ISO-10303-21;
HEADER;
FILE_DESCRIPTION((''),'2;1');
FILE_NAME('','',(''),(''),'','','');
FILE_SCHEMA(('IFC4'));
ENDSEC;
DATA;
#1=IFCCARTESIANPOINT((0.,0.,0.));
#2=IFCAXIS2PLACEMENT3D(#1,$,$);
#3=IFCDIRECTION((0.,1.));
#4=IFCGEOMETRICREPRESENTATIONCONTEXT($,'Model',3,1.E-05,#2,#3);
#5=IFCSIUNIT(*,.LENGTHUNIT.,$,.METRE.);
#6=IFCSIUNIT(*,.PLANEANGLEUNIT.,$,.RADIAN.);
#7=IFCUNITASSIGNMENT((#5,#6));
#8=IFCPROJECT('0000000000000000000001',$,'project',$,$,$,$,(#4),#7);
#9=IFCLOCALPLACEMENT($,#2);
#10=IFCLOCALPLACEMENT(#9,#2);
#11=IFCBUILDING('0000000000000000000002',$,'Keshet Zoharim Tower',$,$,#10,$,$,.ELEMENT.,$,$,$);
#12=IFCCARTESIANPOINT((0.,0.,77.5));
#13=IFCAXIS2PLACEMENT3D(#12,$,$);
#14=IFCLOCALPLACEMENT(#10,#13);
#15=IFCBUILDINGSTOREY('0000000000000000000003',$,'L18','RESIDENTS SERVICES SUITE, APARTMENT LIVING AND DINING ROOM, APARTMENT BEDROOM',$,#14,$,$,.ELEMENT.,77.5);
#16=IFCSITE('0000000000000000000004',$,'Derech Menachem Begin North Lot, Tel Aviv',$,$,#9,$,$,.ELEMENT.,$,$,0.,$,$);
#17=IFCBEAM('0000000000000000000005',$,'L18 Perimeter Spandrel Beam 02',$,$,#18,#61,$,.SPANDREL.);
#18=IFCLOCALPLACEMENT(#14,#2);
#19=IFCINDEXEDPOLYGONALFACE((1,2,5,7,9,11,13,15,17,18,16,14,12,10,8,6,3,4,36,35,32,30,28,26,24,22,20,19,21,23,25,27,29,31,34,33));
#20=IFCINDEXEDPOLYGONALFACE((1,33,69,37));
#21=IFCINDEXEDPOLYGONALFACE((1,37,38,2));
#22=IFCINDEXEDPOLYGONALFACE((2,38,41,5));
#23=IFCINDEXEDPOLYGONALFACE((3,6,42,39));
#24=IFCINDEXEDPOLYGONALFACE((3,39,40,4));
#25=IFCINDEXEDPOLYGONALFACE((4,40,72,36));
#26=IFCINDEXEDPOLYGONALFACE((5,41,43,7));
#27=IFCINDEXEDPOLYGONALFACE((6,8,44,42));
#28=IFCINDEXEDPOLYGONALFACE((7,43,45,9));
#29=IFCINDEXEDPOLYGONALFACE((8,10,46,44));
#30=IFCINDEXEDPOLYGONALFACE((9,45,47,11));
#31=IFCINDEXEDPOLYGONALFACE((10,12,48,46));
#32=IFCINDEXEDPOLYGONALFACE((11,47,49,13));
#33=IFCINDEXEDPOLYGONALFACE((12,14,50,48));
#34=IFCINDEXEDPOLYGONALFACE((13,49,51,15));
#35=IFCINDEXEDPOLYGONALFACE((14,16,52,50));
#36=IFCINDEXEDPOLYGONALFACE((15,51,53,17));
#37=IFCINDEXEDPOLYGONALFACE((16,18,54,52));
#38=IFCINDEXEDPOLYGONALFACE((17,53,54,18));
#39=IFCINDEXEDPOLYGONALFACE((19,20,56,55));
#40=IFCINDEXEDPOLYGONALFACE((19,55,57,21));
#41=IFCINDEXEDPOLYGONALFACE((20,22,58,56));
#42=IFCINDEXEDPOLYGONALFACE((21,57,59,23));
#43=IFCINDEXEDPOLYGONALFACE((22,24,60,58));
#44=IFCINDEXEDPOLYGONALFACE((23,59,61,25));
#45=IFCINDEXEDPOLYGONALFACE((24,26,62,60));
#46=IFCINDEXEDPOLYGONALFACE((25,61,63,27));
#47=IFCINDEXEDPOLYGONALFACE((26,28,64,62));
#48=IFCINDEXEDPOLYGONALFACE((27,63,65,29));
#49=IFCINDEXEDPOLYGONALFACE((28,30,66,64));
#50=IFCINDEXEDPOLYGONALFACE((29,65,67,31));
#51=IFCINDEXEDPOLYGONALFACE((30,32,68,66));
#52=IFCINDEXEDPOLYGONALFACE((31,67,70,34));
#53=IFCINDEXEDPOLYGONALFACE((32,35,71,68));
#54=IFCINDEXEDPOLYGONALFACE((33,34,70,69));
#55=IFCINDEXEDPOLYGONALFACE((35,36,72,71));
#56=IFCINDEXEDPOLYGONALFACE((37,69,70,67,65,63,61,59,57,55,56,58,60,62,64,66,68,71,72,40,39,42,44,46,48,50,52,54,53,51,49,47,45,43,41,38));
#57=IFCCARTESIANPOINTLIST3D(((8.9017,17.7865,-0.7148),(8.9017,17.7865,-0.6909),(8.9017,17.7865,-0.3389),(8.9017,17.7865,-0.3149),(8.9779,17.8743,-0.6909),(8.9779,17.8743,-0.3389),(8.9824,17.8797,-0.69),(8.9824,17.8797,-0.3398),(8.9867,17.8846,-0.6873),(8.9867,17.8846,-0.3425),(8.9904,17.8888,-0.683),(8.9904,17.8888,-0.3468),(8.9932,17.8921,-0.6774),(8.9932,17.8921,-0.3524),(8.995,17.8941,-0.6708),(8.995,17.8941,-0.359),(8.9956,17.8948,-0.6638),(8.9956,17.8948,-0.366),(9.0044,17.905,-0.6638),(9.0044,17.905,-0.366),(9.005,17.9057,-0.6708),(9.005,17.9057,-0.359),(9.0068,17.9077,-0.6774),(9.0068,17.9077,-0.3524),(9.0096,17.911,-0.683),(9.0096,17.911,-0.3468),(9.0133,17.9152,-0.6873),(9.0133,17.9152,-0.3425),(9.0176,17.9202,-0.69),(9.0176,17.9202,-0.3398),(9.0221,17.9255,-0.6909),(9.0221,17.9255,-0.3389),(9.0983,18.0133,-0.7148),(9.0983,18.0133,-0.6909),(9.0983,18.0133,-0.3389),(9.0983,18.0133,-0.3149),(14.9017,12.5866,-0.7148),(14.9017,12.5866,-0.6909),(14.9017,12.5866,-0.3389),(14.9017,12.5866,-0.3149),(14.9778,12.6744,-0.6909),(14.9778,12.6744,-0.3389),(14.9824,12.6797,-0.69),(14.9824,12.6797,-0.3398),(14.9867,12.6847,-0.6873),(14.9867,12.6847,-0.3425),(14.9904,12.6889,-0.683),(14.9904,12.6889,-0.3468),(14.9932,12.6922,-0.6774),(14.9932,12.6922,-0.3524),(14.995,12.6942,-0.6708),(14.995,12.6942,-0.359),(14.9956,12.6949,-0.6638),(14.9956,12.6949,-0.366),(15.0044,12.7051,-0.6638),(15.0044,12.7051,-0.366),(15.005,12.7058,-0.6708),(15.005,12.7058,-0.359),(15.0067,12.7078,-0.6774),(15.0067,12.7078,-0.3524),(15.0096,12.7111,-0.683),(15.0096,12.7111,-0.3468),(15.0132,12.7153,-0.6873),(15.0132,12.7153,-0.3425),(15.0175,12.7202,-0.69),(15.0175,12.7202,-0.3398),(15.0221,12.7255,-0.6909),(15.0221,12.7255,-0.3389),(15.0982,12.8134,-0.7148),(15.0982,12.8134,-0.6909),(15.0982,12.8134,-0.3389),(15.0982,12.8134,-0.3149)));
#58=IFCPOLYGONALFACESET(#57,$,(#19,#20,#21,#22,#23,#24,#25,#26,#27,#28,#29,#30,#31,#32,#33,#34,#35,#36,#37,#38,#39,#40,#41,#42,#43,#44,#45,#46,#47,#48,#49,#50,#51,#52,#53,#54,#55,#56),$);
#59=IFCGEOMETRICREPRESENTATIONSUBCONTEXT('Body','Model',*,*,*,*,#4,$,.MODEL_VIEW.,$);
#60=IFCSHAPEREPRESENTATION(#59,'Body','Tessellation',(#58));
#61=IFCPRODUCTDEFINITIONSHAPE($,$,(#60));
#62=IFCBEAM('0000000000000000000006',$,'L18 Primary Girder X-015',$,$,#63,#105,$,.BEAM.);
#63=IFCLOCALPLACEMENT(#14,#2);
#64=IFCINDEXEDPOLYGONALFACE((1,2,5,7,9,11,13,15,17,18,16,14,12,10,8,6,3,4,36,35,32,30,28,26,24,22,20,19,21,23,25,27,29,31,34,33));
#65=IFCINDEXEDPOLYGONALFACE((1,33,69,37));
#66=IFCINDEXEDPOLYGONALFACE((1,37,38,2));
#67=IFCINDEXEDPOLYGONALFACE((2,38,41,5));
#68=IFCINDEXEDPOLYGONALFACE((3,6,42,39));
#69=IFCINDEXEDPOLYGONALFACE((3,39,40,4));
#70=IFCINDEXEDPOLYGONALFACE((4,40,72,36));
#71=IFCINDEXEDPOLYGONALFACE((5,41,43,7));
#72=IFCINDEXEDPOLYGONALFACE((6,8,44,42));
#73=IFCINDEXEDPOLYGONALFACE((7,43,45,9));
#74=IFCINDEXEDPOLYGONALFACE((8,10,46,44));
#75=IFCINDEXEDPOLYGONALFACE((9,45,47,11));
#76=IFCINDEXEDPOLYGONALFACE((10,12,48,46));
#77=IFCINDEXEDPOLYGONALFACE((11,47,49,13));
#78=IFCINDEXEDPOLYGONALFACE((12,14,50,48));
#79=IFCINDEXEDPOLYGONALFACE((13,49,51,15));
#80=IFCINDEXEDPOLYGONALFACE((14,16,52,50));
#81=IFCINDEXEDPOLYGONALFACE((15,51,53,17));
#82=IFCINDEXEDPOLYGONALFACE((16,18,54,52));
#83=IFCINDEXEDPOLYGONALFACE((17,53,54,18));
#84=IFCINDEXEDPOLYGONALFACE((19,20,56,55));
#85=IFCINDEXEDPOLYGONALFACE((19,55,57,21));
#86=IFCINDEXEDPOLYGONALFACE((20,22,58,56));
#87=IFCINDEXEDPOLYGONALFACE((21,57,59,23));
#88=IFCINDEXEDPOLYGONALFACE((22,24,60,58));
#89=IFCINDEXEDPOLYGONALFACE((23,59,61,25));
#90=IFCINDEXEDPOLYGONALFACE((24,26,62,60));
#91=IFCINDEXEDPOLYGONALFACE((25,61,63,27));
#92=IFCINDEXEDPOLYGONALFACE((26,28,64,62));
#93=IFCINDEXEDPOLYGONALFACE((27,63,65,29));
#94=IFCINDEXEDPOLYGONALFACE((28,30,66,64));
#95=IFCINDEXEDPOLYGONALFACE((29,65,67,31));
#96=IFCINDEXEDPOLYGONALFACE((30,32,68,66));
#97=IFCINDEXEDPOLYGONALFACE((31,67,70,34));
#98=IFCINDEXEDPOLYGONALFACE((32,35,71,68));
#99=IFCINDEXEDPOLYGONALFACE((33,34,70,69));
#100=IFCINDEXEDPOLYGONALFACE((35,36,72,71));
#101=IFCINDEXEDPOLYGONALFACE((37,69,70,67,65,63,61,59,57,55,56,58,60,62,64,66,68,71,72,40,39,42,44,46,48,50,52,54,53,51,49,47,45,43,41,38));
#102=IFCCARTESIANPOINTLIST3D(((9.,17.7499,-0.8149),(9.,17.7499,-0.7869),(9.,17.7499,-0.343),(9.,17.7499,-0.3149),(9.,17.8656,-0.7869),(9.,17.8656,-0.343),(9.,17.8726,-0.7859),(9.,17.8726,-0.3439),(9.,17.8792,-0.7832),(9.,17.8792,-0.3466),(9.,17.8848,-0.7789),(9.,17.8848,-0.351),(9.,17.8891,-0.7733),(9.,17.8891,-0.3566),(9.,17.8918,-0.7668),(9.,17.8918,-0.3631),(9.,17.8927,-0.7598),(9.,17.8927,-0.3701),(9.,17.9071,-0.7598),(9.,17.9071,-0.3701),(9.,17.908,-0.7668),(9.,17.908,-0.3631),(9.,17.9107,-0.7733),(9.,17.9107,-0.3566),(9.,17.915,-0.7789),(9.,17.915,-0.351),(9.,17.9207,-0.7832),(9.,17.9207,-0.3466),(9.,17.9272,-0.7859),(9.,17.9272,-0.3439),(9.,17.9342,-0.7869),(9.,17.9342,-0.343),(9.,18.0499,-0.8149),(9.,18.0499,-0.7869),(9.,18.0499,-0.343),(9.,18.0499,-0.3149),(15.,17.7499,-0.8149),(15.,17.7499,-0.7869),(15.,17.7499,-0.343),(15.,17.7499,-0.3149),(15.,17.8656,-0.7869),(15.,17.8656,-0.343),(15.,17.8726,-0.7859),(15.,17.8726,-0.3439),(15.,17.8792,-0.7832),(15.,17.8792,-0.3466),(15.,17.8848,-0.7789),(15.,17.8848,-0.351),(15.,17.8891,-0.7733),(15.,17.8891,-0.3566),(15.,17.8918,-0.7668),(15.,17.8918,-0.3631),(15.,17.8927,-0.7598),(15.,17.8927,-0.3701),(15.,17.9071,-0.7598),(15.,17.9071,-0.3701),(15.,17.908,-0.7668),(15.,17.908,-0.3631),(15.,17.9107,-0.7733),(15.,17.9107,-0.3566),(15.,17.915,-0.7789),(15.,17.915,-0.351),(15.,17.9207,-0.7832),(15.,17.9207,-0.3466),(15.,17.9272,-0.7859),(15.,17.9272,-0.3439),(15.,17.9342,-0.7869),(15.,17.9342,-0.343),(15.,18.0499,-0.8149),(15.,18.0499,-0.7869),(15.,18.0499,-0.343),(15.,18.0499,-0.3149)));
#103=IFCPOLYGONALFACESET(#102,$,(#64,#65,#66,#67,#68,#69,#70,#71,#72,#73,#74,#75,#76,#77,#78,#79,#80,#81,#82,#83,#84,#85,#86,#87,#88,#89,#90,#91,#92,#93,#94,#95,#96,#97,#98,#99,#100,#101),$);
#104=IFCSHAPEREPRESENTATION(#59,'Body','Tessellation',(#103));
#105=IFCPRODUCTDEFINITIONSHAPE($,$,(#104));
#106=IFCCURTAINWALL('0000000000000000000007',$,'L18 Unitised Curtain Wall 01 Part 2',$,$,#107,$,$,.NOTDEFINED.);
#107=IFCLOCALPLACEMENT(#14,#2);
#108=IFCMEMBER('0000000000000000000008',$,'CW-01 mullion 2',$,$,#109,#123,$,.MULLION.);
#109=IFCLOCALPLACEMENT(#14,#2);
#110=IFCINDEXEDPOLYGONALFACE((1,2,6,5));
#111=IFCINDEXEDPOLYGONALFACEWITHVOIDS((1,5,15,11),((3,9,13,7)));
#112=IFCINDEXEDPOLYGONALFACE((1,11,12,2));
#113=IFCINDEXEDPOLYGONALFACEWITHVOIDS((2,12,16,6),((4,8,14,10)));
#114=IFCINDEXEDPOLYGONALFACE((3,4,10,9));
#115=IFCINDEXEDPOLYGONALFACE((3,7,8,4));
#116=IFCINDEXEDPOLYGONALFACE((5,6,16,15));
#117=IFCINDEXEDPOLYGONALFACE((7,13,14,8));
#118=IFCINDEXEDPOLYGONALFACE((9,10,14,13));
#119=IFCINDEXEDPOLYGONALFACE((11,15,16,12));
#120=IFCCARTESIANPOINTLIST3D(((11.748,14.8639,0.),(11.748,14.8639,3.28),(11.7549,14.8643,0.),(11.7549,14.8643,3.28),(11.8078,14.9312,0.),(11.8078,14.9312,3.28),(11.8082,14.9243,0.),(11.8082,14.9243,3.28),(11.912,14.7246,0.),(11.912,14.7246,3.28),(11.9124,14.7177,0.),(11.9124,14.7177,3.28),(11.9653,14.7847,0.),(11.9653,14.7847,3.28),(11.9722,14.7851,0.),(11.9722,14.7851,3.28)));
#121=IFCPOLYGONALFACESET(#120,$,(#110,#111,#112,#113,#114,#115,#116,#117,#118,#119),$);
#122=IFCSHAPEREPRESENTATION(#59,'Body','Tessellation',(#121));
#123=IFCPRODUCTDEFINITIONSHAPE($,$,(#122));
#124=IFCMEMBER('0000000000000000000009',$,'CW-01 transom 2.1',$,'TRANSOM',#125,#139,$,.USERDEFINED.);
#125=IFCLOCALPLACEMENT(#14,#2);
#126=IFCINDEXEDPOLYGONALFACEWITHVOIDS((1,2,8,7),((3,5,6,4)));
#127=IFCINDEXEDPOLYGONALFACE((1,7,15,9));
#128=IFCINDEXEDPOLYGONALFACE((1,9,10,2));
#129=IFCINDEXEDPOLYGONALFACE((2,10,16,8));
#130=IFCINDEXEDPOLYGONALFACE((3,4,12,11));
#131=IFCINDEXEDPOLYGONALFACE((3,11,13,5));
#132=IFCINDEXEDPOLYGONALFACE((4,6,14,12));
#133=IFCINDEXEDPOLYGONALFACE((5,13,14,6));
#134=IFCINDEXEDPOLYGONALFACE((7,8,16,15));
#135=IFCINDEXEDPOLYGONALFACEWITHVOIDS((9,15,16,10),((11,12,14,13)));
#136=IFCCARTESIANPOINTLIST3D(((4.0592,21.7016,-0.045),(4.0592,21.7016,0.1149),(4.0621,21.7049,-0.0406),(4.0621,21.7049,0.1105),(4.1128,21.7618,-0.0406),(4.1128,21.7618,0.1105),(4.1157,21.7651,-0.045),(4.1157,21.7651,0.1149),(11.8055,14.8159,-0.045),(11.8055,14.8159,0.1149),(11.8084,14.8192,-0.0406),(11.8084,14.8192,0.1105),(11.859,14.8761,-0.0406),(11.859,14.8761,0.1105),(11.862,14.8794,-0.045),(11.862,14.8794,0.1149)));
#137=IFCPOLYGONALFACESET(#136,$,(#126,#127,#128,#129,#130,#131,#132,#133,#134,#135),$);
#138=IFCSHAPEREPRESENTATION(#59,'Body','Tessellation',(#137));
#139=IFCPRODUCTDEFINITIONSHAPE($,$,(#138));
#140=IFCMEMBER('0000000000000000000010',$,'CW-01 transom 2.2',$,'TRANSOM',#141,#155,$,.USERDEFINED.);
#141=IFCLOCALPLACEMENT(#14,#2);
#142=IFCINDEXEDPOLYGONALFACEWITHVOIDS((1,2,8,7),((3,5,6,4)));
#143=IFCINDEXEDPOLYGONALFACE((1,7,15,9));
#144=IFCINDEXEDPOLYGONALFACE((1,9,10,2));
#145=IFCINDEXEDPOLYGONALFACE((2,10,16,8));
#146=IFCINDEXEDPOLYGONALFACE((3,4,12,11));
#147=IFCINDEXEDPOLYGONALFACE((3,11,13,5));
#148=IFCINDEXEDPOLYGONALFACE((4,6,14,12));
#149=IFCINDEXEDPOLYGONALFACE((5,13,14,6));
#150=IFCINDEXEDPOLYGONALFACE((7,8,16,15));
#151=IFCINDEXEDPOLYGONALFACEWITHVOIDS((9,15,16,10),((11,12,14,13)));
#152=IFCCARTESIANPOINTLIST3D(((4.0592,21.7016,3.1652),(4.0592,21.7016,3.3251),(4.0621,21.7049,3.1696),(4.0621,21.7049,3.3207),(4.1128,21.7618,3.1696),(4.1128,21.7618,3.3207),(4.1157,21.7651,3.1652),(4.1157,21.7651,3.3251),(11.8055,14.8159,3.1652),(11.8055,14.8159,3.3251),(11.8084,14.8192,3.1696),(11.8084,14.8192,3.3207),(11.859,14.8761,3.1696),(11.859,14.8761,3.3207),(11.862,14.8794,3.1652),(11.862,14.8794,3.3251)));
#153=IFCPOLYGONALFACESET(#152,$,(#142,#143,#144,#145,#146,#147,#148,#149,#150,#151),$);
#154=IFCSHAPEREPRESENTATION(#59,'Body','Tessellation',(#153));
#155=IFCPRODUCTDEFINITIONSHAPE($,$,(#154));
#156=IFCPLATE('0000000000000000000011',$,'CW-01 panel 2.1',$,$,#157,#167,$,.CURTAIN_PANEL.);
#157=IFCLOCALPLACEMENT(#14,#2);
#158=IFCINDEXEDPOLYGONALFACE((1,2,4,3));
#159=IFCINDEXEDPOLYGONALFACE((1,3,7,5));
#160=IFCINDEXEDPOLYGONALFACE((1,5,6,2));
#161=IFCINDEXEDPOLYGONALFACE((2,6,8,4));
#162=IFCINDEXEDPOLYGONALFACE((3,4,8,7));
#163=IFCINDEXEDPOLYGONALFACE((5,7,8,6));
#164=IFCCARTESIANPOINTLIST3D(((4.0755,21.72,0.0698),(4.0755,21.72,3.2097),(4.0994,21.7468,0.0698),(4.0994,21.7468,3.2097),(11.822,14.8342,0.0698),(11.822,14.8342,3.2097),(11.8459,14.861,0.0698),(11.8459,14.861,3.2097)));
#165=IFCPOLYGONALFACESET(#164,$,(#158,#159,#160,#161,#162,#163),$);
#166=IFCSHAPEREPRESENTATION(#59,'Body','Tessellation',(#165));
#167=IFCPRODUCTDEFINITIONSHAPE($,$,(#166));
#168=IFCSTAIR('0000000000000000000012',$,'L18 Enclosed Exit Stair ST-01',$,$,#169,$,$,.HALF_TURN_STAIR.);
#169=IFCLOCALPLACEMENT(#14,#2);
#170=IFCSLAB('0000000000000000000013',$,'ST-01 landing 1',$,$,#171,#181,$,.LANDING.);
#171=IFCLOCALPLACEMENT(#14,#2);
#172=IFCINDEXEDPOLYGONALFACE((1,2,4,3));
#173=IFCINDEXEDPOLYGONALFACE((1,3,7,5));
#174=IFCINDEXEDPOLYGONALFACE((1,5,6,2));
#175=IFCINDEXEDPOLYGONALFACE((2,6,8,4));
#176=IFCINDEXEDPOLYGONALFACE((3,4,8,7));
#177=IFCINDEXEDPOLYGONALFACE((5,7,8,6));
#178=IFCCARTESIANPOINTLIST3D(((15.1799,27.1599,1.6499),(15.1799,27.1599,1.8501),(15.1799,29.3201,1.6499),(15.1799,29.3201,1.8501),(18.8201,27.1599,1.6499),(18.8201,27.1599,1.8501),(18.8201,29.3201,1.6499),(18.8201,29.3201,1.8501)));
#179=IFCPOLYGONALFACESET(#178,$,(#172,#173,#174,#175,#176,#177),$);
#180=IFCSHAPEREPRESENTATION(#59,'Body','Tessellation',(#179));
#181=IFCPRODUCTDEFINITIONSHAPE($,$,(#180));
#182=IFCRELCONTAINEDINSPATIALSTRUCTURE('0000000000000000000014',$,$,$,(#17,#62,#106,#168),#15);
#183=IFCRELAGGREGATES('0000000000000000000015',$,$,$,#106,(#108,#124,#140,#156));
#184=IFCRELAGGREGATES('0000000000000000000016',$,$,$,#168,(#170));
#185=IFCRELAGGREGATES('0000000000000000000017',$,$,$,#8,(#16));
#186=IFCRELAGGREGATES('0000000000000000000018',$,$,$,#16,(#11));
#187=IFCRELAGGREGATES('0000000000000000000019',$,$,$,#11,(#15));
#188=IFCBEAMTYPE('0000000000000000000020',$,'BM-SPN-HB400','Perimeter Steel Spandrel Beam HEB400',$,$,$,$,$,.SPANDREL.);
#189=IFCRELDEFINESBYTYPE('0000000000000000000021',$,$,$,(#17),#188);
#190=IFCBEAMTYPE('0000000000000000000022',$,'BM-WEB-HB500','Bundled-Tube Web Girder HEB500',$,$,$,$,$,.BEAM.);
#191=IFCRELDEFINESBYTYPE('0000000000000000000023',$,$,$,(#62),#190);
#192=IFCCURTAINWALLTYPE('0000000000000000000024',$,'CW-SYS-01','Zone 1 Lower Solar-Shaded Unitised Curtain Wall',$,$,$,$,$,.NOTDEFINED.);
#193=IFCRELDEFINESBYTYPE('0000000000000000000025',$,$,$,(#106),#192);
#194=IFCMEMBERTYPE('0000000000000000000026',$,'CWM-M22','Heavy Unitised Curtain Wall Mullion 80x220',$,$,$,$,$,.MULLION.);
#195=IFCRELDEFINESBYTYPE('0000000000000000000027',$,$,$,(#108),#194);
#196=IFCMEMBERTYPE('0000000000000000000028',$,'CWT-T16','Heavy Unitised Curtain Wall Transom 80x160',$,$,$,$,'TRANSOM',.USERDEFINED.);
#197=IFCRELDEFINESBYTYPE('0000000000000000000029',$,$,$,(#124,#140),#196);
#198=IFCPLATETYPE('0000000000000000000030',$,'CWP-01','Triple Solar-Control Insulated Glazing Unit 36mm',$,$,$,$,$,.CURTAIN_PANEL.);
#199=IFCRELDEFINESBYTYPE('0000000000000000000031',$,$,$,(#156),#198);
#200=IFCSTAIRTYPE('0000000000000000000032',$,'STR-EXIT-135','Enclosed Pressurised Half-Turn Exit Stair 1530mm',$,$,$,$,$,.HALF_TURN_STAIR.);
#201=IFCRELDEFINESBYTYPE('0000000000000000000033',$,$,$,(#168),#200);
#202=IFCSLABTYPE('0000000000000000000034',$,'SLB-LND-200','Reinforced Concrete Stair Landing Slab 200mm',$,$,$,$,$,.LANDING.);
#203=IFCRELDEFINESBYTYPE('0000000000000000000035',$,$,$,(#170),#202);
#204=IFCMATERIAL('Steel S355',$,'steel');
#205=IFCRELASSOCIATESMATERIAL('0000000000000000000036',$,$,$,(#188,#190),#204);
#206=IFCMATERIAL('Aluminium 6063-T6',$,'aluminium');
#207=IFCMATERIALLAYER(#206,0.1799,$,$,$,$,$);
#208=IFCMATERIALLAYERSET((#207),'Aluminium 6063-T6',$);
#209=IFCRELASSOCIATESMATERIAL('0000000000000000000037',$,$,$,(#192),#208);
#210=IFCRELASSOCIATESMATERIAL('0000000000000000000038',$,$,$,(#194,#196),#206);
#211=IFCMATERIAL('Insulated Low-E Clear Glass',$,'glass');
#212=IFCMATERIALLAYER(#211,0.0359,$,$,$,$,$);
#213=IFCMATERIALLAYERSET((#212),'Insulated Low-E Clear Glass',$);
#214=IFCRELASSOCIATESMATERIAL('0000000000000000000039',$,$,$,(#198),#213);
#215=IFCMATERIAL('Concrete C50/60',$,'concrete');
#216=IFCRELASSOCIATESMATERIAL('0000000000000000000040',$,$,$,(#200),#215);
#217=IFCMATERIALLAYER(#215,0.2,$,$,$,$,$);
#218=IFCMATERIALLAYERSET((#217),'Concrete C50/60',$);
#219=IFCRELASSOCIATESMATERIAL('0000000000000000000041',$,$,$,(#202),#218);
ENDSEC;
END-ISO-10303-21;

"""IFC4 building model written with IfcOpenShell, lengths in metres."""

from ifc_helpers import new_model, si_unit, direction, frame, origin, origin_2d, place, context, subcontext, project, spatial, polyline, rectangle, hollow_rectangle, i_section, outline, extrude, material, layer, layer_set, material_profile, profile_set, type_object, element, aggregate, save


model = new_model("IFC4")

# Units and contexts
model_context = context("Model", 3, precision=1e-05, world=origin(), true_north=direction((0.0, 1.0)))
body_context = subcontext(model_context, "Body", "Model", "MODEL_VIEW")
ifc_project = project(units=[si_unit("LENGTHUNIT", "METRE"), si_unit("PLANEANGLEUNIT", "RADIAN")], contexts=[model_context])

# Site, building, storey
site_placement = place(None, origin())
site = spatial("IfcSite", under=ifc_project, at=site_placement, Name="Derech Menachem Begin North Lot, Tel Aviv", CompositionType="ELEMENT", RefElevation=0.0)
building_placement = place(site_placement, origin())
building = spatial("IfcBuilding", under=site, at=building_placement, Name="Keshet Zoharim Tower", CompositionType="ELEMENT")
storey_placement = place(building_placement, frame((0.0, 0.0, 77.5)))
storey = spatial("IfcBuildingStorey", under=building, at=storey_placement, Name="L18", Description="RESIDENTS SERVICES SUITE, APARTMENT LIVING AND DINING ROOM, APARTMENT BEDROOM", CompositionType="ELEMENT", Elevation=77.5)

# Shared definitions
ifc_material_1 = material(Name="Steel S355", Category="steel")

# Beams
ifc_material_profile_1 = material_profile(ifc_material_1, i_section(OverallWidth=0.3, OverallDepth=0.3999, WebThickness=0.0134, FlangeThickness=0.0239, FilletRadius=0.0271, at=origin_2d()), Name="HEB400")
ifc_profile_set_1 = profile_set([ifc_material_profile_1], Name="Steel S355")
beam_type_1 = type_object("IfcBeamType", Name="BM-SPN-HB400", Description="Perimeter Steel Spandrel Beam HEB400", PredefinedType="SPANDREL", material=ifc_profile_set_1)
beam_1_placement = place(storey_placement, frame((9.0, 17.8999, -0.5149), z_axis=(0.755692, -0.654927, 0.0), x_axis=(0.654927, 0.755692, 0.0)))
element("IfcBeam", 1, at=beam_1_placement, inside=storey, type_object=beam_type_1, Name="L18 Perimeter Spandrel Beam 02", PredefinedType="SPANDREL", context=body_context, shape_type="SweptSolid", body=[
    extrude(i_section(OverallWidth=0.3, OverallDepth=0.3999, WebThickness=0.0134, FlangeThickness=0.0239, FilletRadius=0.0271, at=origin_2d()), origin(), (0.0, 0.0, 1.0), 7.9397),
])
ifc_material_profile_2 = material_profile(ifc_material_1, i_section(OverallWidth=0.3, OverallDepth=0.5, WebThickness=0.0144, FlangeThickness=0.0281, FilletRadius=0.0271, at=origin_2d()), Name="HEB500")
ifc_profile_set_2 = profile_set([ifc_material_profile_2], Name="Steel S355")
beam_type_2 = type_object("IfcBeamType", Name="BM-WEB-HB500", Description="Bundled-Tube Web Girder HEB500", PredefinedType="BEAM", material=ifc_profile_set_2)
beam_2_placement = place(storey_placement, frame((9.0, 17.8999, -0.5649), z_axis=(1.0, 0.0, 0.0), x_axis=(0.0, 1.0, 0.0)))
element("IfcBeam", 2, at=beam_2_placement, inside=storey, type_object=beam_type_2, Name="L18 Primary Girder X-015", PredefinedType="BEAM", context=body_context, shape_type="SweptSolid", body=[
    extrude(i_section(OverallWidth=0.3, OverallDepth=0.5, WebThickness=0.0144, FlangeThickness=0.0281, FilletRadius=0.0271, at=origin_2d()), origin(), (0.0, 0.0, 1.0), 6.0),
])

# Curtain wall, members, plate
ifc_material_2 = material(Name="Aluminium 6063-T6", Category="aluminium")
ifc_layer_1 = layer(ifc_material_2, 0.1799)
ifc_layer_set_1 = layer_set([ifc_layer_1], Name="Aluminium 6063-T6")
curtain_wall_type = type_object("IfcCurtainWallType", Name="CW-SYS-01", Description="Zone 1 Lower Solar-Shaded Unitised Curtain Wall", PredefinedType="NOTDEFINED", material=ifc_layer_set_1)
curtain_wall_placement = place(storey_placement, origin())
curtain_wall = element("IfcCurtainWall", 3, at=curtain_wall_placement, inside=storey, type_object=curtain_wall_type, Name="L18 Unitised Curtain Wall 01 Part 2", PredefinedType="NOTDEFINED")
ifc_material_profile_3 = material_profile(ifc_material_2, hollow_rectangle(XDim=0.0901, YDim=0.22, WallThickness=0.0049, at=origin_2d()), Name="MUL-90x220")
ifc_profile_set_3 = profile_set([ifc_material_profile_3], Name="Aluminium 6063-T6")
member_type_1 = type_object("IfcMemberType", Name="CWM-M22", Description="Heavy Unitised Curtain Wall Mullion 80x220", PredefinedType="MULLION", material=ifc_profile_set_3)
member_1_placement = place(storey_placement, frame((11.8601, 14.8245, 0.0), z_axis=(0.0, 0.0, 1.0), x_axis=(-0.664364, -0.74741, 0.0)))
member_1 = element("IfcMember", 4, at=member_1_placement, type_object=member_type_1, Name="CW-01 mullion 2", PredefinedType="MULLION", context=body_context, shape_type="SweptSolid", body=[
    extrude(hollow_rectangle(XDim=0.0901, YDim=0.22, WallThickness=0.0049, at=origin_2d()), origin(), (0.0, 0.0, 1.0), 3.28),
])
ifc_material_profile_4 = material_profile(ifc_material_2, hollow_rectangle(XDim=0.085, YDim=0.1599, WallThickness=0.0044, at=origin_2d()), Name="TRN-85x160")
ifc_profile_set_4 = profile_set([ifc_material_profile_4], Name="Aluminium 6063-T6")
member_type_2 = type_object("IfcMemberType", Name="CWT-T16", Description="Heavy Unitised Curtain Wall Transom 80x160", ElementType="TRANSOM", PredefinedType="USERDEFINED", material=ifc_profile_set_4)
member_2_placement = place(storey_placement, frame((11.8337, 14.8477, 0.0349), z_axis=(-0.747404, 0.66437, 0.0), x_axis=(-0.66437, -0.747404, 0.0)))
member_2 = element("IfcMember", 5, at=member_2_placement, type_object=member_type_2, Name="CW-01 transom 2.1", ObjectType="TRANSOM", PredefinedType="USERDEFINED", context=body_context, shape_type="SweptSolid", body=[
    extrude(hollow_rectangle(XDim=0.085, YDim=0.1599, WallThickness=0.0044, at=origin_2d()), origin(), (0.0, 0.0, 1.0), 10.3643),
])
member_3_placement = place(storey_placement, frame((11.8337, 14.8477, 3.2451), z_axis=(-0.747404, 0.66437, 0.0), x_axis=(-0.66437, -0.747404, 0.0)))
member_3 = element("IfcMember", 6, at=member_3_placement, type_object=member_type_2, Name="CW-01 transom 2.2", ObjectType="TRANSOM", PredefinedType="USERDEFINED", context=body_context, shape_type="SweptSolid", body=[
    extrude(hollow_rectangle(XDim=0.085, YDim=0.1599, WallThickness=0.0044, at=origin_2d()), origin(), (0.0, 0.0, 1.0), 10.3643),
])
ifc_material_3 = material(Name="Insulated Low-E Clear Glass", Category="glass")
ifc_layer_2 = layer(ifc_material_3, 0.0359)
ifc_layer_set_2 = layer_set([ifc_layer_2], Name="Insulated Low-E Clear Glass")
plate_type = type_object("IfcPlateType", Name="CWP-01", Description="Triple Solar-Control Insulated Glazing Unit 36mm", PredefinedType="CURTAIN_PANEL", material=ifc_layer_set_2)
plate_placement = place(storey_placement, frame((7.9607, 18.2905, 0.0698), z_axis=(0.0, 0.0, 1.0), x_axis=(-0.74741, 0.664364, 0.0)))
plate = element("IfcPlate", 7, at=plate_placement, type_object=plate_type, Name="CW-01 panel 2.1", PredefinedType="CURTAIN_PANEL", context=body_context, shape_type="SweptSolid", body=[
    extrude(rectangle(XDim=10.3645, YDim=0.0359, at=origin_2d()), origin(), (0.0, 0.0, 1.0), 3.1399),
])
aggregate(curtain_wall, [member_1, member_2, member_3, plate])

# Stair, slab
ifc_material_4 = material(Name="Concrete C50/60", Category="concrete")
stair_type = type_object("IfcStairType", Name="STR-EXIT-135", Description="Enclosed Pressurised Half-Turn Exit Stair 1530mm", PredefinedType="HALF_TURN_STAIR", material=ifc_material_4)
stair_1_placement = place(storey_placement, origin())
stair_1 = element("IfcStair", 8, at=stair_1_placement, inside=storey, type_object=stair_type, Name="L18 Enclosed Exit Stair ST-01", PredefinedType="HALF_TURN_STAIR")
ifc_layer_3 = layer(ifc_material_4, 0.2)
ifc_layer_set_3 = layer_set([ifc_layer_3], Name="Concrete C50/60")
slab_type_1 = type_object("IfcSlabType", Name="SLB-LND-200", Description="Reinforced Concrete Stair Landing Slab 200mm", PredefinedType="LANDING", material=ifc_layer_set_3)
slab_1_placement = place(storey_placement, frame((0.0, 0.0, 1.6499)))
slab_1 = element("IfcSlab", 9, at=slab_1_placement, type_object=slab_type_1, Name="ST-01 landing 1", PredefinedType="LANDING", context=body_context, shape_type="SweptSolid", body=[
    extrude(outline(polyline([(15.1799, 27.1599), (18.8201, 27.1599), (18.8201, 29.3201), (15.1799, 29.3201), (15.1799, 27.1599)])), origin(), (0.0, 0.0, 1.0), 0.2002),
])
aggregate(stair_1, [slab_1])

save(model, "model.ifc")
